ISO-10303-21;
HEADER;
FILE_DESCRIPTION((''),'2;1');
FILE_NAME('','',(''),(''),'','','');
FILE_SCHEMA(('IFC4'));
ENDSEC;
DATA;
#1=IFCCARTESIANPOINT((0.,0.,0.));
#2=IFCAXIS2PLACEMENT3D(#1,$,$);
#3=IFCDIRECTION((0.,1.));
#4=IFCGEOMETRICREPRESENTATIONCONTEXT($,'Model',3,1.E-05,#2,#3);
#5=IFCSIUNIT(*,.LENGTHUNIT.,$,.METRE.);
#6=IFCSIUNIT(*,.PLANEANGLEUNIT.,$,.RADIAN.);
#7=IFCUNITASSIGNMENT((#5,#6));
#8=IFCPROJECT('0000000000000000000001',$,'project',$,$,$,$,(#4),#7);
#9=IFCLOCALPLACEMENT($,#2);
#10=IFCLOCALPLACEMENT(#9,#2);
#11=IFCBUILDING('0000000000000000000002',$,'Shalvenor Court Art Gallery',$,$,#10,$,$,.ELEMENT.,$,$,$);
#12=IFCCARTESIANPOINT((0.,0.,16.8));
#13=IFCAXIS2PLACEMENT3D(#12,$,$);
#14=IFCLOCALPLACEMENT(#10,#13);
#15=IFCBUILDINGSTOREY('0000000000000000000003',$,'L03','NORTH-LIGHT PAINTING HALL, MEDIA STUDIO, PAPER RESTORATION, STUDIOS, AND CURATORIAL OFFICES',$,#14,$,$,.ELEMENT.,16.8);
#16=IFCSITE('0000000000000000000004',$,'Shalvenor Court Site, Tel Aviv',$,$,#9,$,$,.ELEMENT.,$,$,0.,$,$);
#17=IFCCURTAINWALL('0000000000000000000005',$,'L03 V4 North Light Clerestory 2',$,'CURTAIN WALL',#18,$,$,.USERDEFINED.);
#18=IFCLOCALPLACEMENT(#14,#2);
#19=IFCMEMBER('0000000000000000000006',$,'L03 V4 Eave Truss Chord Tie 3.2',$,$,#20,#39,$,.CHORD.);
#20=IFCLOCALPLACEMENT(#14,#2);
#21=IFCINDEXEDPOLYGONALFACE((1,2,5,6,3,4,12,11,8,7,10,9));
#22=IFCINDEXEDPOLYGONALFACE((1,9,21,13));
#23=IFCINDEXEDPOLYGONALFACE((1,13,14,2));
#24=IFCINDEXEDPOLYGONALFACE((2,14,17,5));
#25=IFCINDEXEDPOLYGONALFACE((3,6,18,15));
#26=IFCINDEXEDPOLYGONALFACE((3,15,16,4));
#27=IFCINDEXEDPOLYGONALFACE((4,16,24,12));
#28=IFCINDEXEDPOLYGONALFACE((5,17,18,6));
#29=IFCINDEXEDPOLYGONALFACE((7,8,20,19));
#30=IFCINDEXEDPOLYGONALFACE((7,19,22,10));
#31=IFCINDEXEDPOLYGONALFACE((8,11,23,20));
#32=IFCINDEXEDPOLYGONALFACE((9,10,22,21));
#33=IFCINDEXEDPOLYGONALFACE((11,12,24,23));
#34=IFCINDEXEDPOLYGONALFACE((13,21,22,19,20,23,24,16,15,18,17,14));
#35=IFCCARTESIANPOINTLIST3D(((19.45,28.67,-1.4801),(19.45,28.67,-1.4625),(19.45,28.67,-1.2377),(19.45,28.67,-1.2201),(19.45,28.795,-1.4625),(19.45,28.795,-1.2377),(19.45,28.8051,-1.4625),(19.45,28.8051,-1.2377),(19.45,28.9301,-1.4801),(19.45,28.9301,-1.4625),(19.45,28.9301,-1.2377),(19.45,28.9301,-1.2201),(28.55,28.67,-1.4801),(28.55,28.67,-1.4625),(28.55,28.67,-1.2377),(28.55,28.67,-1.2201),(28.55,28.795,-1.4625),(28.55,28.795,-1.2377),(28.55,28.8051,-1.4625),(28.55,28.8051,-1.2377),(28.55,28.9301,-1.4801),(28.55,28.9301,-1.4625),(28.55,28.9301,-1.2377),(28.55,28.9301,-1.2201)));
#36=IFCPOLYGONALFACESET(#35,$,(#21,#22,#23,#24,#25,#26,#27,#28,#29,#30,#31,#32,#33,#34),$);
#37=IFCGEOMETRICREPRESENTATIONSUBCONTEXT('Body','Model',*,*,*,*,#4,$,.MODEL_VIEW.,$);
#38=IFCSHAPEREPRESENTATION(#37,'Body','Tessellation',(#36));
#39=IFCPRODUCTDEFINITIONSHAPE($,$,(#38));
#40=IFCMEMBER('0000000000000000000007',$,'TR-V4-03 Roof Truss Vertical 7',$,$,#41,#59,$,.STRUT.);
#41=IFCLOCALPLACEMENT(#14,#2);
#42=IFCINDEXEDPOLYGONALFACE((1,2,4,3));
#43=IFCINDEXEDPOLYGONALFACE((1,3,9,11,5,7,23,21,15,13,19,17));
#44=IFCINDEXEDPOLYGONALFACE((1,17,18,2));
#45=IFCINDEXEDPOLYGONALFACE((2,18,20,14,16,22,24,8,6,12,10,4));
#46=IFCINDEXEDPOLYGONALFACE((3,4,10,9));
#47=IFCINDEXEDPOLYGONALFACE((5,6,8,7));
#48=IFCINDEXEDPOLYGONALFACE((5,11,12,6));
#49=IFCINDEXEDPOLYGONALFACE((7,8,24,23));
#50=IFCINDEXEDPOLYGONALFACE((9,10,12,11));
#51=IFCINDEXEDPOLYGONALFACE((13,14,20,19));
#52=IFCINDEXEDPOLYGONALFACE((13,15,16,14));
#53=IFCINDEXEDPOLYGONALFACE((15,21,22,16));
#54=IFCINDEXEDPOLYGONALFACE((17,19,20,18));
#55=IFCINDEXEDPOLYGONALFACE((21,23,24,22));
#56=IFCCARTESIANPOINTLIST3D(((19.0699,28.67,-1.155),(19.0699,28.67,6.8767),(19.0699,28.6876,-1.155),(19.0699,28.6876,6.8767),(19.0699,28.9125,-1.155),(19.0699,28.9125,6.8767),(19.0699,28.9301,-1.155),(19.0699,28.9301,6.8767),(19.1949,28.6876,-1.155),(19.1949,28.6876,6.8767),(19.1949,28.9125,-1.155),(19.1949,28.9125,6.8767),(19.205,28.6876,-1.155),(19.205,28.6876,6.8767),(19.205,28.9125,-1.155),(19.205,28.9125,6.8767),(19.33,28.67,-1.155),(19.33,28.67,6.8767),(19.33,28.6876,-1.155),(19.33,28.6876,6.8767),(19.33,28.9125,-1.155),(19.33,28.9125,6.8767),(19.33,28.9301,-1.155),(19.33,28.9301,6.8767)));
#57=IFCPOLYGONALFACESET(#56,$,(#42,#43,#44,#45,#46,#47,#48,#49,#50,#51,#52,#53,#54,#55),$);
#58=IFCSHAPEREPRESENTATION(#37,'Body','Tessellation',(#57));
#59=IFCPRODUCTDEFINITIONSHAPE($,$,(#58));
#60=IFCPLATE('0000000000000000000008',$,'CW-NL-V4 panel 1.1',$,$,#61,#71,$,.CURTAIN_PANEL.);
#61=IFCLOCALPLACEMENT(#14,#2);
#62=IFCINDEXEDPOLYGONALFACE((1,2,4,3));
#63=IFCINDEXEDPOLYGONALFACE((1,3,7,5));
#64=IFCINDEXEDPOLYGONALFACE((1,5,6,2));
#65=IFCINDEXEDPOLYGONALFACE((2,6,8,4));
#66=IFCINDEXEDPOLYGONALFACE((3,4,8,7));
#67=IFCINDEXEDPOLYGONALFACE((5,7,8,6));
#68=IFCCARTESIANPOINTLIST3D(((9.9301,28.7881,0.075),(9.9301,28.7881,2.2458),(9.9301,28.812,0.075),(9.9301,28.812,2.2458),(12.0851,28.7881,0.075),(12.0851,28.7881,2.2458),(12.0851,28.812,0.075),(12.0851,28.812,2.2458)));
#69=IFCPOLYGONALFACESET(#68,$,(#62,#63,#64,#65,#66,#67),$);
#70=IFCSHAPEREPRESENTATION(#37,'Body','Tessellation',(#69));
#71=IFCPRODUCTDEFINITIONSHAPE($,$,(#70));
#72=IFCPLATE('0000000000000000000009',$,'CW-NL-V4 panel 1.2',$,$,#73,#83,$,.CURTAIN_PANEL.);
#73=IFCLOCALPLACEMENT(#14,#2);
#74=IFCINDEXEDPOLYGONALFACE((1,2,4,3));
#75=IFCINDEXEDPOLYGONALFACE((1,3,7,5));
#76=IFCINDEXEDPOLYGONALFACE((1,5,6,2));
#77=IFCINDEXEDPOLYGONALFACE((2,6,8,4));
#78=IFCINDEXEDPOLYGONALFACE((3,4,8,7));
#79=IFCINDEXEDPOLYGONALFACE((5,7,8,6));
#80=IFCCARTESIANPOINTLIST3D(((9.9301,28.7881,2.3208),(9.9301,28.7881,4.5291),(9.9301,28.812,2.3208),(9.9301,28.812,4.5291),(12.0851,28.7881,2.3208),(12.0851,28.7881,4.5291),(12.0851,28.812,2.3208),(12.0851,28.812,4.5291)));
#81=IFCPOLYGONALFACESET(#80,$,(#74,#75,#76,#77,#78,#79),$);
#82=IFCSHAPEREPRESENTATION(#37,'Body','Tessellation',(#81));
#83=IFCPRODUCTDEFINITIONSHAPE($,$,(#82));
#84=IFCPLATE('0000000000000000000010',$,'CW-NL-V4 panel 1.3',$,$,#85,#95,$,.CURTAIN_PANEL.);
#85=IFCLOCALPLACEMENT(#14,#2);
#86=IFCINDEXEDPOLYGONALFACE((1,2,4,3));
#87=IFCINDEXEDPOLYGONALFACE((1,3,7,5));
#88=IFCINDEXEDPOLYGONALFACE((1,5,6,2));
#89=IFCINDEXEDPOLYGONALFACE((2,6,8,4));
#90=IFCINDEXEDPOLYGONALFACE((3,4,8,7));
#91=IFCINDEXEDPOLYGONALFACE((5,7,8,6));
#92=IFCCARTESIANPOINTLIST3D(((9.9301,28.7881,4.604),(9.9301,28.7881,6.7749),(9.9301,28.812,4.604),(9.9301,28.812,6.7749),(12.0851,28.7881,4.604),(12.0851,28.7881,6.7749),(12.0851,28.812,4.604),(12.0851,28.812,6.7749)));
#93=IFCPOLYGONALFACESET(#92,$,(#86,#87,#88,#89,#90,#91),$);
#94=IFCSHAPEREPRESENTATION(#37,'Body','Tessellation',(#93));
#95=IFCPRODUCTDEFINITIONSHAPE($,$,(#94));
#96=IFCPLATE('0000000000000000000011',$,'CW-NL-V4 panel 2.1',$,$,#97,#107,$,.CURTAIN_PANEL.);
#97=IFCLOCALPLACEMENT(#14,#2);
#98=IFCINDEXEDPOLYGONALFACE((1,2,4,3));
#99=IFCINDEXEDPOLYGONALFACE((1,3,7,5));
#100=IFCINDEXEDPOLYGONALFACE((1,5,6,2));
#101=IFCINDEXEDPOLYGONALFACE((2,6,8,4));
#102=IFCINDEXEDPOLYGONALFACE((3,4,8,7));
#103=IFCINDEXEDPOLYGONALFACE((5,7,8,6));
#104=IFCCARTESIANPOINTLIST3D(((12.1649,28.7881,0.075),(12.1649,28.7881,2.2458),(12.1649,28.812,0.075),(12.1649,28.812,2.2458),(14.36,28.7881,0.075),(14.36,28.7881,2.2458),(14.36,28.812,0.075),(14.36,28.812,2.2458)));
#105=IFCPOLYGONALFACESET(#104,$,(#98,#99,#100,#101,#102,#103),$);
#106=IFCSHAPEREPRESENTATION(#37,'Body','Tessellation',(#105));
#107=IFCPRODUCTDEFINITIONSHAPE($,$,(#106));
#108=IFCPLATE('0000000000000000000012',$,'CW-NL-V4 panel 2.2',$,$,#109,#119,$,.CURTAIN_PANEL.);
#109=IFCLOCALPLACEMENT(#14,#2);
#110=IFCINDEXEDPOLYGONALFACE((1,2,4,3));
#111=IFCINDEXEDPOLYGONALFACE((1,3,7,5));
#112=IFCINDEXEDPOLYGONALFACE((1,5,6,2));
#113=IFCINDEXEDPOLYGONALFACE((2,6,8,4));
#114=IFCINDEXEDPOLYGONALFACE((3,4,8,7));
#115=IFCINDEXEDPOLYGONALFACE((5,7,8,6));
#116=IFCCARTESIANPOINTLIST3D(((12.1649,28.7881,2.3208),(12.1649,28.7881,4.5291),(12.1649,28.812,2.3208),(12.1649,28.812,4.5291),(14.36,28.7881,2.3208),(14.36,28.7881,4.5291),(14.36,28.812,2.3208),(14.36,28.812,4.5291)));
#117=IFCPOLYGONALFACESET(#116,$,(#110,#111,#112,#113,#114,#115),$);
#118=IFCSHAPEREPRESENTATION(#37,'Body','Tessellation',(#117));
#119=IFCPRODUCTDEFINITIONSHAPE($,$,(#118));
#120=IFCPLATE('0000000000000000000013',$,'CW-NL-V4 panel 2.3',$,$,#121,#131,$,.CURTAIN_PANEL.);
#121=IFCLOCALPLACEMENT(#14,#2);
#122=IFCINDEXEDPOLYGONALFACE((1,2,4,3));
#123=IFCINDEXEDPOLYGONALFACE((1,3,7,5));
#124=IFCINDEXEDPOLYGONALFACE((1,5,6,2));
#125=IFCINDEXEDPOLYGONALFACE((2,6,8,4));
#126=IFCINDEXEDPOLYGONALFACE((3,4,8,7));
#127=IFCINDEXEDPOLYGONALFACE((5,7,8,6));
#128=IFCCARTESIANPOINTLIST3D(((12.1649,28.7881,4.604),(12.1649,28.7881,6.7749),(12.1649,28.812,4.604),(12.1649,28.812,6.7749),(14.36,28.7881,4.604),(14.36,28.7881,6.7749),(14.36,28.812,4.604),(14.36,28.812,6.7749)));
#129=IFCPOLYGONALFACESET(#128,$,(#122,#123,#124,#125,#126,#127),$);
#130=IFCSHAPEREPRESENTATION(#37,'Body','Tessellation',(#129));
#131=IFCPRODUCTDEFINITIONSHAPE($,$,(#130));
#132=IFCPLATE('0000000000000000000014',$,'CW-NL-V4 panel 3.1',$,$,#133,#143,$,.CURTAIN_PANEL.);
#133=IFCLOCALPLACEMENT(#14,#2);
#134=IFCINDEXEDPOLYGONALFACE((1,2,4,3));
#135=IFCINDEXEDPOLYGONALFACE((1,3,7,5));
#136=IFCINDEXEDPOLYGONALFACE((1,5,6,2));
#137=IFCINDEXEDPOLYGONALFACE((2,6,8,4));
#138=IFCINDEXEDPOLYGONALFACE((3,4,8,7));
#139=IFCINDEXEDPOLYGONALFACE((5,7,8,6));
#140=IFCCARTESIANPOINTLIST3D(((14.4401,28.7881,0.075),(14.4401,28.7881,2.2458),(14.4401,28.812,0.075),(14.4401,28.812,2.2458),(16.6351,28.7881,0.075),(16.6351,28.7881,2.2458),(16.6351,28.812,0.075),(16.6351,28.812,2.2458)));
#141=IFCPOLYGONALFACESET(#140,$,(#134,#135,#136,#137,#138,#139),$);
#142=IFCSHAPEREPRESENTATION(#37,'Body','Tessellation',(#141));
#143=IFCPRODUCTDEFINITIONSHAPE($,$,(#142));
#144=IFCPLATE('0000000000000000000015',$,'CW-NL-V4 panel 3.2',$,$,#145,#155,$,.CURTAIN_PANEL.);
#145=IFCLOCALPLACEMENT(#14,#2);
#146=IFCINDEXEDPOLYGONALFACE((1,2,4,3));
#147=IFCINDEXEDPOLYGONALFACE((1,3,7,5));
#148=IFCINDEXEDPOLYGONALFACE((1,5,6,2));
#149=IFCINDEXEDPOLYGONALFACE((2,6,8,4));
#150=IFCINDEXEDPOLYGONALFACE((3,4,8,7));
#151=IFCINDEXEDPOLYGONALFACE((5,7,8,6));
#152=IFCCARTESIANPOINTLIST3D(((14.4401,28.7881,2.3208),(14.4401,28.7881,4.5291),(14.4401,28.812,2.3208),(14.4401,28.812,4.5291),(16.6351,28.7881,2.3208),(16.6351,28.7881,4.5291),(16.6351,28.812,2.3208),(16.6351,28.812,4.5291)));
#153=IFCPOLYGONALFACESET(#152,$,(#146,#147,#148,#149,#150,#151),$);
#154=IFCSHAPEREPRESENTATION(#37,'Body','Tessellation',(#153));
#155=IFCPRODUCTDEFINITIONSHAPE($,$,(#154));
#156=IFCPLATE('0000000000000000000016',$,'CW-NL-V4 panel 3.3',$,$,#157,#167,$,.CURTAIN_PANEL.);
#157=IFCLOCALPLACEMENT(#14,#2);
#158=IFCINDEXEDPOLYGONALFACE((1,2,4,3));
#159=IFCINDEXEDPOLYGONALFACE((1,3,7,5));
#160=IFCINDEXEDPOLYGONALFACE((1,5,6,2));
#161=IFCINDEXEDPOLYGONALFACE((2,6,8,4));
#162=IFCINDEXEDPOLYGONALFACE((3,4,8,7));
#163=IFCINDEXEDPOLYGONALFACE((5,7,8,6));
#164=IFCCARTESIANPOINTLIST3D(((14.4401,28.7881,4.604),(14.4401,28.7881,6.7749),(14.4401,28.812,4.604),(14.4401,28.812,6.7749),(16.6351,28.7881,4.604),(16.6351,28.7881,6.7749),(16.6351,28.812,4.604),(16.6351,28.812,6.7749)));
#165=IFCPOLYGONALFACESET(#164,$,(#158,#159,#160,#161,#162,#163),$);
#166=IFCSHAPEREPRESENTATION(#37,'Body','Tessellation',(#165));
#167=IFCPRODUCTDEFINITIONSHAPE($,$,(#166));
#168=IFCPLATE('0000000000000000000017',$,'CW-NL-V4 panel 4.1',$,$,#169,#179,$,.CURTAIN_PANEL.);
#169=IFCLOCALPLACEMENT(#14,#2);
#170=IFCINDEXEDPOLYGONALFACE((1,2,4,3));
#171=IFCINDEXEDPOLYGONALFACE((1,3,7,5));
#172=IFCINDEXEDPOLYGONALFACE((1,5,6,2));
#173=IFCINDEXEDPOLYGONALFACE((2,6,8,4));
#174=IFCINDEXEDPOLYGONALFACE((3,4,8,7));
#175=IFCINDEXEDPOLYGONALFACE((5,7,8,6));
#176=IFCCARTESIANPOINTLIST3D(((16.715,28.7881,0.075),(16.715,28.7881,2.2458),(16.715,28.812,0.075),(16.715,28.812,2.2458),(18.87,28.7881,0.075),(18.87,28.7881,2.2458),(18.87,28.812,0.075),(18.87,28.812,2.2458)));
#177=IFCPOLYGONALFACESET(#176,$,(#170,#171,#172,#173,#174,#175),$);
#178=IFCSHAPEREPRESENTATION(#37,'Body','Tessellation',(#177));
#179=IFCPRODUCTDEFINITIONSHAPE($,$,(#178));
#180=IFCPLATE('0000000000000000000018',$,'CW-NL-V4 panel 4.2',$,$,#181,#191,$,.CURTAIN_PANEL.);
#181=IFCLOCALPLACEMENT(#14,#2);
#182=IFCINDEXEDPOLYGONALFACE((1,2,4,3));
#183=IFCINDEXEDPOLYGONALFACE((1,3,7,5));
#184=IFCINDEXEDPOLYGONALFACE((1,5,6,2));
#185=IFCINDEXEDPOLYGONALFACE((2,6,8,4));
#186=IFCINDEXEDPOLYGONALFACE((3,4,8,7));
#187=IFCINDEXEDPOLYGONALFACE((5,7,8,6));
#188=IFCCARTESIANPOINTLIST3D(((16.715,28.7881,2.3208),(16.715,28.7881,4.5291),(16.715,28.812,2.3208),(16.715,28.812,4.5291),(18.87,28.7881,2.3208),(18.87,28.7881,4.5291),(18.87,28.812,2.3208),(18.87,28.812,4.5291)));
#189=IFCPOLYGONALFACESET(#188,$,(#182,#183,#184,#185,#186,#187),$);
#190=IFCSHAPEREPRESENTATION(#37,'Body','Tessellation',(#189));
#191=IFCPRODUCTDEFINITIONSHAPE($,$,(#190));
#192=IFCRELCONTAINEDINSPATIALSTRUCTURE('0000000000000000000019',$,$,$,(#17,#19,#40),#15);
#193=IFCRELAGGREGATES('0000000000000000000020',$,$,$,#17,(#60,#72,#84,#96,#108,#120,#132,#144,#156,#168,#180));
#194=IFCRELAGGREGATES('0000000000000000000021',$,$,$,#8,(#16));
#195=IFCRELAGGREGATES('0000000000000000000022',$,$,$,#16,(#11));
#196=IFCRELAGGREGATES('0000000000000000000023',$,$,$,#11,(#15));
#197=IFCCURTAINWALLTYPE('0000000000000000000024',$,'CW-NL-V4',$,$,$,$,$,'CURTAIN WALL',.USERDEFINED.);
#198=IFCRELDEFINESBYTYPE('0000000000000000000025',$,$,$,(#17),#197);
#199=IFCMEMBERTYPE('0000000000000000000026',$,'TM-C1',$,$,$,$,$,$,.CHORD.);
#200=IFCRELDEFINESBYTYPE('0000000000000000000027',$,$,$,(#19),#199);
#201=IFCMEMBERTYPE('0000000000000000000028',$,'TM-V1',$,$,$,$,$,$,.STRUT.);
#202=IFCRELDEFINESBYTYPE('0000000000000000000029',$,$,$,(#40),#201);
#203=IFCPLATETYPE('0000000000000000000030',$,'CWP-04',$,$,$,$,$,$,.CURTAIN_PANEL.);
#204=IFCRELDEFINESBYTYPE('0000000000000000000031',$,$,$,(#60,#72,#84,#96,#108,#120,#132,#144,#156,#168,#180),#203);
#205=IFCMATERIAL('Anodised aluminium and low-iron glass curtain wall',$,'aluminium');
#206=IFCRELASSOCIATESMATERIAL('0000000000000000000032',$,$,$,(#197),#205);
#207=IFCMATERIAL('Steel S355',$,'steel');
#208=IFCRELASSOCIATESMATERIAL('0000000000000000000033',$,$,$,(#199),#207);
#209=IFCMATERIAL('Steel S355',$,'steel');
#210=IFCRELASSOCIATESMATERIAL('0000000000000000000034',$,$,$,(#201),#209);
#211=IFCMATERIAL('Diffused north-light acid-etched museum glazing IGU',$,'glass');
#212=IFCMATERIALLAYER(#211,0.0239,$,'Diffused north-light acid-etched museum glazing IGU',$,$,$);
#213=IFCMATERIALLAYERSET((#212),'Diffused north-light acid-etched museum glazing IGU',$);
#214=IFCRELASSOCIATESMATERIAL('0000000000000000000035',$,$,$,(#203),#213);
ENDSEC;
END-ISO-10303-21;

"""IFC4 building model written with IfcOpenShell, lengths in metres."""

from ifc_helpers import new_model, si_unit, direction, frame, origin, origin_2d, place, context, subcontext, project, spatial, rectangle, i_section, extrude, material, layer, layer_set, material_profile, profile_set, type_object, element, aggregate, save


model = new_model("IFC4")

# Units and contexts
model_context = context("Model", 3, precision=1e-05, world=origin(), true_north=direction((0.0, 1.0)))
body_context = subcontext(model_context, "Body", "Model", "MODEL_VIEW")
ifc_project = project(units=[si_unit("LENGTHUNIT", "METRE"), si_unit("PLANEANGLEUNIT", "RADIAN")], contexts=[model_context])

# Site, building, storey
site_placement = place(None, origin())
site = spatial("IfcSite", under=ifc_project, at=site_placement, Name="Shalvenor Court Site, Tel Aviv", CompositionType="ELEMENT", RefElevation=0.0)
building_placement = place(site_placement, origin())
building = spatial("IfcBuilding", under=site, at=building_placement, Name="Shalvenor Court Art Gallery", CompositionType="ELEMENT")
storey_placement = place(building_placement, frame((0.0, 0.0, 16.8)))
storey = spatial("IfcBuildingStorey", under=building, at=storey_placement, Name="L03", Description="NORTH-LIGHT PAINTING HALL, MEDIA STUDIO, PAPER RESTORATION, STUDIOS, AND CURATORIAL OFFICES", CompositionType="ELEMENT", Elevation=16.8)

# Curtain wall
ifc_material_1 = material(Name="Anodised aluminium and low-iron glass curtain wall", Category="aluminium")
curtain_wall_type = type_object("IfcCurtainWallType", Name="CW-NL-V4", ElementType="CURTAIN WALL", PredefinedType="USERDEFINED", material=ifc_material_1)
curtain_wall_1_placement = place(storey_placement, origin())
curtain_wall_1 = element("IfcCurtainWall", 1, at=curtain_wall_1_placement, inside=storey, type_object=curtain_wall_type, Name="L03 V4 North Light Clerestory 2", ObjectType="CURTAIN WALL", PredefinedType="USERDEFINED")

# Members
ifc_material_2 = material(Name="Steel S355", Category="steel")
ifc_material_profile_1 = material_profile(ifc_material_2, i_section(OverallWidth=0.26, OverallDepth=0.26, WebThickness=0.01, FlangeThickness=0.0176, at=origin_2d()), Name="HEB 260")
ifc_profile_set_1 = profile_set([ifc_material_profile_1], Name="Steel S355")
member_type_1 = type_object("IfcMemberType", Name="TM-C1", PredefinedType="CHORD", material=ifc_profile_set_1)
member_1_placement = place(storey_placement, frame((19.45, 28.8, -1.3501), z_axis=(1.0, 0.0, 0.0), x_axis=(0.0, 1.0, 0.0)))
element("IfcMember", 2, at=member_1_placement, inside=storey, type_object=member_type_1, Name="L03 V4 Eave Truss Chord Tie 3.2", PredefinedType="CHORD", context=body_context, shape_type="SweptSolid", body=[
    extrude(i_section(OverallWidth=0.26, OverallDepth=0.26, WebThickness=0.01, FlangeThickness=0.0176, at=origin_2d()), origin(), (0.0, 0.0, 1.0), 9.1001),
])
ifc_material_3 = material(Name="Steel S355", Category="steel")
ifc_material_profile_2 = material_profile(ifc_material_3, i_section(OverallWidth=0.26, OverallDepth=0.26, WebThickness=0.01, FlangeThickness=0.0176, at=origin_2d()), Name="HEB 260")
ifc_profile_set_2 = profile_set([ifc_material_profile_2], Name="Steel S355")
member_type_2 = type_object("IfcMemberType", Name="TM-V1", PredefinedType="STRUT", material=ifc_profile_set_2)
member_2_placement = place(storey_placement, frame((19.2, 28.8, -1.155), z_axis=(0.0, 0.0, 1.0), x_axis=(1.0, 0.0, 0.0)))
element("IfcMember", 3, at=member_2_placement, inside=storey, type_object=member_type_2, Name="TR-V4-03 Roof Truss Vertical 7", PredefinedType="STRUT", context=body_context, shape_type="SweptSolid", body=[
    extrude(i_section(OverallWidth=0.26, OverallDepth=0.26, WebThickness=0.01, FlangeThickness=0.0176, at=origin_2d()), origin(), (0.0, 0.0, 1.0), 8.0317),
])

# Plates
ifc_material_4 = material(Name="Diffused north-light acid-etched museum glazing IGU", Category="glass")
ifc_layer_1 = layer(ifc_material_4, 0.0239, Name="Diffused north-light acid-etched museum glazing IGU")
ifc_layer_set_1 = layer_set([ifc_layer_1], Name="Diffused north-light acid-etched museum glazing IGU")
plate_type_1 = type_object("IfcPlateType", Name="CWP-04", PredefinedType="CURTAIN_PANEL", material=ifc_layer_set_1)
plate_1_placement = place(storey_placement, frame((11.0076, 28.8, 0.075), z_axis=(0.0, 0.0, 1.0), x_axis=(1.0, 0.0, 0.0)))
plate_1 = element("IfcPlate", 4, at=plate_1_placement, type_object=plate_type_1, Name="CW-NL-V4 panel 1.1", PredefinedType="CURTAIN_PANEL", context=body_context, shape_type="SweptSolid", body=[
    extrude(rectangle(XDim=2.155, YDim=0.0239, at=origin_2d()), origin(), (0.0, 0.0, 1.0), 2.1709),
])
plate_2_placement = place(storey_placement, frame((11.0076, 28.8, 2.3208), z_axis=(0.0, 0.0, 1.0), x_axis=(1.0, 0.0, 0.0)))
plate_2 = element("IfcPlate", 5, at=plate_2_placement, type_object=plate_type_1, Name="CW-NL-V4 panel 1.2", PredefinedType="CURTAIN_PANEL", context=body_context, shape_type="SweptSolid", body=[
    extrude(rectangle(XDim=2.155, YDim=0.0239, at=origin_2d()), origin(), (0.0, 0.0, 1.0), 2.2083),
])
plate_3_placement = place(storey_placement, frame((11.0076, 28.8, 4.604), z_axis=(0.0, 0.0, 1.0), x_axis=(1.0, 0.0, 0.0)))
plate_3 = element("IfcPlate", 6, at=plate_3_placement, type_object=plate_type_1, Name="CW-NL-V4 panel 1.3", PredefinedType="CURTAIN_PANEL", context=body_context, shape_type="SweptSolid", body=[
    extrude(rectangle(XDim=2.155, YDim=0.0239, at=origin_2d()), origin(), (0.0, 0.0, 1.0), 2.1709),
])
plate_4_placement = place(storey_placement, frame((13.2625, 28.8, 0.075), z_axis=(0.0, 0.0, 1.0), x_axis=(1.0, 0.0, 0.0)))
plate_4 = element("IfcPlate", 7, at=plate_4_placement, type_object=plate_type_1, Name="CW-NL-V4 panel 2.1", PredefinedType="CURTAIN_PANEL", context=body_context, shape_type="SweptSolid", body=[
    extrude(rectangle(XDim=2.1951, YDim=0.0239, at=origin_2d()), origin(), (0.0, 0.0, 1.0), 2.1709),
])
plate_5_placement = place(storey_placement, frame((13.2625, 28.8, 2.3208), z_axis=(0.0, 0.0, 1.0), x_axis=(1.0, 0.0, 0.0)))
plate_5 = element("IfcPlate", 8, at=plate_5_placement, type_object=plate_type_1, Name="CW-NL-V4 panel 2.2", PredefinedType="CURTAIN_PANEL", context=body_context, shape_type="SweptSolid", body=[
    extrude(rectangle(XDim=2.1951, YDim=0.0239, at=origin_2d()), origin(), (0.0, 0.0, 1.0), 2.2083),
])
plate_6_placement = place(storey_placement, frame((13.2625, 28.8, 4.604), z_axis=(0.0, 0.0, 1.0), x_axis=(1.0, 0.0, 0.0)))
plate_6 = element("IfcPlate", 9, at=plate_6_placement, type_object=plate_type_1, Name="CW-NL-V4 panel 2.3", PredefinedType="CURTAIN_PANEL", context=body_context, shape_type="SweptSolid", body=[
    extrude(rectangle(XDim=2.1951, YDim=0.0239, at=origin_2d()), origin(), (0.0, 0.0, 1.0), 2.1709),
])
plate_7_placement = place(storey_placement, frame((15.5376, 28.8, 0.075), z_axis=(0.0, 0.0, 1.0), x_axis=(1.0, 0.0, 0.0)))
plate_7 = element("IfcPlate", 10, at=plate_7_placement, type_object=plate_type_1, Name="CW-NL-V4 panel 3.1", PredefinedType="CURTAIN_PANEL", context=body_context, shape_type="SweptSolid", body=[
    extrude(rectangle(XDim=2.1951, YDim=0.0239, at=origin_2d()), origin(), (0.0, 0.0, 1.0), 2.1709),
])
plate_8_placement = place(storey_placement, frame((15.5376, 28.8, 2.3208), z_axis=(0.0, 0.0, 1.0), x_axis=(1.0, 0.0, 0.0)))
plate_8 = element("IfcPlate", 11, at=plate_8_placement, type_object=plate_type_1, Name="CW-NL-V4 panel 3.2", PredefinedType="CURTAIN_PANEL", context=body_context, shape_type="SweptSolid", body=[
    extrude(rectangle(XDim=2.1951, YDim=0.0239, at=origin_2d()), origin(), (0.0, 0.0, 1.0), 2.2083),
])
plate_9_placement = place(storey_placement, frame((15.5376, 28.8, 4.604), z_axis=(0.0, 0.0, 1.0), x_axis=(1.0, 0.0, 0.0)))
plate_9 = element("IfcPlate", 12, at=plate_9_placement, type_object=plate_type_1, Name="CW-NL-V4 panel 3.3", PredefinedType="CURTAIN_PANEL", context=body_context, shape_type="SweptSolid", body=[
    extrude(rectangle(XDim=2.1951, YDim=0.0239, at=origin_2d()), origin(), (0.0, 0.0, 1.0), 2.1709),
])
plate_10_placement = place(storey_placement, frame((17.7925, 28.8, 0.075), z_axis=(0.0, 0.0, 1.0), x_axis=(1.0, 0.0, 0.0)))
plate_10 = element("IfcPlate", 13, at=plate_10_placement, type_object=plate_type_1, Name="CW-NL-V4 panel 4.1", PredefinedType="CURTAIN_PANEL", context=body_context, shape_type="SweptSolid", body=[
    extrude(rectangle(XDim=2.155, YDim=0.0239, at=origin_2d()), origin(), (0.0, 0.0, 1.0), 2.1709),
])
plate_11_placement = place(storey_placement, frame((17.7925, 28.8, 2.3208), z_axis=(0.0, 0.0, 1.0), x_axis=(1.0, 0.0, 0.0)))
plate_11 = element("IfcPlate", 14, at=plate_11_placement, type_object=plate_type_1, Name="CW-NL-V4 panel 4.2", PredefinedType="CURTAIN_PANEL", context=body_context, shape_type="SweptSolid", body=[
    extrude(rectangle(XDim=2.155, YDim=0.0239, at=origin_2d()), origin(), (0.0, 0.0, 1.0), 2.2083),
])
aggregate(curtain_wall_1, [plate_1, plate_2, plate_3, plate_4, plate_5, plate_6, plate_7, plate_8, plate_9, plate_10, plate_11])

save(model, "model.ifc")
